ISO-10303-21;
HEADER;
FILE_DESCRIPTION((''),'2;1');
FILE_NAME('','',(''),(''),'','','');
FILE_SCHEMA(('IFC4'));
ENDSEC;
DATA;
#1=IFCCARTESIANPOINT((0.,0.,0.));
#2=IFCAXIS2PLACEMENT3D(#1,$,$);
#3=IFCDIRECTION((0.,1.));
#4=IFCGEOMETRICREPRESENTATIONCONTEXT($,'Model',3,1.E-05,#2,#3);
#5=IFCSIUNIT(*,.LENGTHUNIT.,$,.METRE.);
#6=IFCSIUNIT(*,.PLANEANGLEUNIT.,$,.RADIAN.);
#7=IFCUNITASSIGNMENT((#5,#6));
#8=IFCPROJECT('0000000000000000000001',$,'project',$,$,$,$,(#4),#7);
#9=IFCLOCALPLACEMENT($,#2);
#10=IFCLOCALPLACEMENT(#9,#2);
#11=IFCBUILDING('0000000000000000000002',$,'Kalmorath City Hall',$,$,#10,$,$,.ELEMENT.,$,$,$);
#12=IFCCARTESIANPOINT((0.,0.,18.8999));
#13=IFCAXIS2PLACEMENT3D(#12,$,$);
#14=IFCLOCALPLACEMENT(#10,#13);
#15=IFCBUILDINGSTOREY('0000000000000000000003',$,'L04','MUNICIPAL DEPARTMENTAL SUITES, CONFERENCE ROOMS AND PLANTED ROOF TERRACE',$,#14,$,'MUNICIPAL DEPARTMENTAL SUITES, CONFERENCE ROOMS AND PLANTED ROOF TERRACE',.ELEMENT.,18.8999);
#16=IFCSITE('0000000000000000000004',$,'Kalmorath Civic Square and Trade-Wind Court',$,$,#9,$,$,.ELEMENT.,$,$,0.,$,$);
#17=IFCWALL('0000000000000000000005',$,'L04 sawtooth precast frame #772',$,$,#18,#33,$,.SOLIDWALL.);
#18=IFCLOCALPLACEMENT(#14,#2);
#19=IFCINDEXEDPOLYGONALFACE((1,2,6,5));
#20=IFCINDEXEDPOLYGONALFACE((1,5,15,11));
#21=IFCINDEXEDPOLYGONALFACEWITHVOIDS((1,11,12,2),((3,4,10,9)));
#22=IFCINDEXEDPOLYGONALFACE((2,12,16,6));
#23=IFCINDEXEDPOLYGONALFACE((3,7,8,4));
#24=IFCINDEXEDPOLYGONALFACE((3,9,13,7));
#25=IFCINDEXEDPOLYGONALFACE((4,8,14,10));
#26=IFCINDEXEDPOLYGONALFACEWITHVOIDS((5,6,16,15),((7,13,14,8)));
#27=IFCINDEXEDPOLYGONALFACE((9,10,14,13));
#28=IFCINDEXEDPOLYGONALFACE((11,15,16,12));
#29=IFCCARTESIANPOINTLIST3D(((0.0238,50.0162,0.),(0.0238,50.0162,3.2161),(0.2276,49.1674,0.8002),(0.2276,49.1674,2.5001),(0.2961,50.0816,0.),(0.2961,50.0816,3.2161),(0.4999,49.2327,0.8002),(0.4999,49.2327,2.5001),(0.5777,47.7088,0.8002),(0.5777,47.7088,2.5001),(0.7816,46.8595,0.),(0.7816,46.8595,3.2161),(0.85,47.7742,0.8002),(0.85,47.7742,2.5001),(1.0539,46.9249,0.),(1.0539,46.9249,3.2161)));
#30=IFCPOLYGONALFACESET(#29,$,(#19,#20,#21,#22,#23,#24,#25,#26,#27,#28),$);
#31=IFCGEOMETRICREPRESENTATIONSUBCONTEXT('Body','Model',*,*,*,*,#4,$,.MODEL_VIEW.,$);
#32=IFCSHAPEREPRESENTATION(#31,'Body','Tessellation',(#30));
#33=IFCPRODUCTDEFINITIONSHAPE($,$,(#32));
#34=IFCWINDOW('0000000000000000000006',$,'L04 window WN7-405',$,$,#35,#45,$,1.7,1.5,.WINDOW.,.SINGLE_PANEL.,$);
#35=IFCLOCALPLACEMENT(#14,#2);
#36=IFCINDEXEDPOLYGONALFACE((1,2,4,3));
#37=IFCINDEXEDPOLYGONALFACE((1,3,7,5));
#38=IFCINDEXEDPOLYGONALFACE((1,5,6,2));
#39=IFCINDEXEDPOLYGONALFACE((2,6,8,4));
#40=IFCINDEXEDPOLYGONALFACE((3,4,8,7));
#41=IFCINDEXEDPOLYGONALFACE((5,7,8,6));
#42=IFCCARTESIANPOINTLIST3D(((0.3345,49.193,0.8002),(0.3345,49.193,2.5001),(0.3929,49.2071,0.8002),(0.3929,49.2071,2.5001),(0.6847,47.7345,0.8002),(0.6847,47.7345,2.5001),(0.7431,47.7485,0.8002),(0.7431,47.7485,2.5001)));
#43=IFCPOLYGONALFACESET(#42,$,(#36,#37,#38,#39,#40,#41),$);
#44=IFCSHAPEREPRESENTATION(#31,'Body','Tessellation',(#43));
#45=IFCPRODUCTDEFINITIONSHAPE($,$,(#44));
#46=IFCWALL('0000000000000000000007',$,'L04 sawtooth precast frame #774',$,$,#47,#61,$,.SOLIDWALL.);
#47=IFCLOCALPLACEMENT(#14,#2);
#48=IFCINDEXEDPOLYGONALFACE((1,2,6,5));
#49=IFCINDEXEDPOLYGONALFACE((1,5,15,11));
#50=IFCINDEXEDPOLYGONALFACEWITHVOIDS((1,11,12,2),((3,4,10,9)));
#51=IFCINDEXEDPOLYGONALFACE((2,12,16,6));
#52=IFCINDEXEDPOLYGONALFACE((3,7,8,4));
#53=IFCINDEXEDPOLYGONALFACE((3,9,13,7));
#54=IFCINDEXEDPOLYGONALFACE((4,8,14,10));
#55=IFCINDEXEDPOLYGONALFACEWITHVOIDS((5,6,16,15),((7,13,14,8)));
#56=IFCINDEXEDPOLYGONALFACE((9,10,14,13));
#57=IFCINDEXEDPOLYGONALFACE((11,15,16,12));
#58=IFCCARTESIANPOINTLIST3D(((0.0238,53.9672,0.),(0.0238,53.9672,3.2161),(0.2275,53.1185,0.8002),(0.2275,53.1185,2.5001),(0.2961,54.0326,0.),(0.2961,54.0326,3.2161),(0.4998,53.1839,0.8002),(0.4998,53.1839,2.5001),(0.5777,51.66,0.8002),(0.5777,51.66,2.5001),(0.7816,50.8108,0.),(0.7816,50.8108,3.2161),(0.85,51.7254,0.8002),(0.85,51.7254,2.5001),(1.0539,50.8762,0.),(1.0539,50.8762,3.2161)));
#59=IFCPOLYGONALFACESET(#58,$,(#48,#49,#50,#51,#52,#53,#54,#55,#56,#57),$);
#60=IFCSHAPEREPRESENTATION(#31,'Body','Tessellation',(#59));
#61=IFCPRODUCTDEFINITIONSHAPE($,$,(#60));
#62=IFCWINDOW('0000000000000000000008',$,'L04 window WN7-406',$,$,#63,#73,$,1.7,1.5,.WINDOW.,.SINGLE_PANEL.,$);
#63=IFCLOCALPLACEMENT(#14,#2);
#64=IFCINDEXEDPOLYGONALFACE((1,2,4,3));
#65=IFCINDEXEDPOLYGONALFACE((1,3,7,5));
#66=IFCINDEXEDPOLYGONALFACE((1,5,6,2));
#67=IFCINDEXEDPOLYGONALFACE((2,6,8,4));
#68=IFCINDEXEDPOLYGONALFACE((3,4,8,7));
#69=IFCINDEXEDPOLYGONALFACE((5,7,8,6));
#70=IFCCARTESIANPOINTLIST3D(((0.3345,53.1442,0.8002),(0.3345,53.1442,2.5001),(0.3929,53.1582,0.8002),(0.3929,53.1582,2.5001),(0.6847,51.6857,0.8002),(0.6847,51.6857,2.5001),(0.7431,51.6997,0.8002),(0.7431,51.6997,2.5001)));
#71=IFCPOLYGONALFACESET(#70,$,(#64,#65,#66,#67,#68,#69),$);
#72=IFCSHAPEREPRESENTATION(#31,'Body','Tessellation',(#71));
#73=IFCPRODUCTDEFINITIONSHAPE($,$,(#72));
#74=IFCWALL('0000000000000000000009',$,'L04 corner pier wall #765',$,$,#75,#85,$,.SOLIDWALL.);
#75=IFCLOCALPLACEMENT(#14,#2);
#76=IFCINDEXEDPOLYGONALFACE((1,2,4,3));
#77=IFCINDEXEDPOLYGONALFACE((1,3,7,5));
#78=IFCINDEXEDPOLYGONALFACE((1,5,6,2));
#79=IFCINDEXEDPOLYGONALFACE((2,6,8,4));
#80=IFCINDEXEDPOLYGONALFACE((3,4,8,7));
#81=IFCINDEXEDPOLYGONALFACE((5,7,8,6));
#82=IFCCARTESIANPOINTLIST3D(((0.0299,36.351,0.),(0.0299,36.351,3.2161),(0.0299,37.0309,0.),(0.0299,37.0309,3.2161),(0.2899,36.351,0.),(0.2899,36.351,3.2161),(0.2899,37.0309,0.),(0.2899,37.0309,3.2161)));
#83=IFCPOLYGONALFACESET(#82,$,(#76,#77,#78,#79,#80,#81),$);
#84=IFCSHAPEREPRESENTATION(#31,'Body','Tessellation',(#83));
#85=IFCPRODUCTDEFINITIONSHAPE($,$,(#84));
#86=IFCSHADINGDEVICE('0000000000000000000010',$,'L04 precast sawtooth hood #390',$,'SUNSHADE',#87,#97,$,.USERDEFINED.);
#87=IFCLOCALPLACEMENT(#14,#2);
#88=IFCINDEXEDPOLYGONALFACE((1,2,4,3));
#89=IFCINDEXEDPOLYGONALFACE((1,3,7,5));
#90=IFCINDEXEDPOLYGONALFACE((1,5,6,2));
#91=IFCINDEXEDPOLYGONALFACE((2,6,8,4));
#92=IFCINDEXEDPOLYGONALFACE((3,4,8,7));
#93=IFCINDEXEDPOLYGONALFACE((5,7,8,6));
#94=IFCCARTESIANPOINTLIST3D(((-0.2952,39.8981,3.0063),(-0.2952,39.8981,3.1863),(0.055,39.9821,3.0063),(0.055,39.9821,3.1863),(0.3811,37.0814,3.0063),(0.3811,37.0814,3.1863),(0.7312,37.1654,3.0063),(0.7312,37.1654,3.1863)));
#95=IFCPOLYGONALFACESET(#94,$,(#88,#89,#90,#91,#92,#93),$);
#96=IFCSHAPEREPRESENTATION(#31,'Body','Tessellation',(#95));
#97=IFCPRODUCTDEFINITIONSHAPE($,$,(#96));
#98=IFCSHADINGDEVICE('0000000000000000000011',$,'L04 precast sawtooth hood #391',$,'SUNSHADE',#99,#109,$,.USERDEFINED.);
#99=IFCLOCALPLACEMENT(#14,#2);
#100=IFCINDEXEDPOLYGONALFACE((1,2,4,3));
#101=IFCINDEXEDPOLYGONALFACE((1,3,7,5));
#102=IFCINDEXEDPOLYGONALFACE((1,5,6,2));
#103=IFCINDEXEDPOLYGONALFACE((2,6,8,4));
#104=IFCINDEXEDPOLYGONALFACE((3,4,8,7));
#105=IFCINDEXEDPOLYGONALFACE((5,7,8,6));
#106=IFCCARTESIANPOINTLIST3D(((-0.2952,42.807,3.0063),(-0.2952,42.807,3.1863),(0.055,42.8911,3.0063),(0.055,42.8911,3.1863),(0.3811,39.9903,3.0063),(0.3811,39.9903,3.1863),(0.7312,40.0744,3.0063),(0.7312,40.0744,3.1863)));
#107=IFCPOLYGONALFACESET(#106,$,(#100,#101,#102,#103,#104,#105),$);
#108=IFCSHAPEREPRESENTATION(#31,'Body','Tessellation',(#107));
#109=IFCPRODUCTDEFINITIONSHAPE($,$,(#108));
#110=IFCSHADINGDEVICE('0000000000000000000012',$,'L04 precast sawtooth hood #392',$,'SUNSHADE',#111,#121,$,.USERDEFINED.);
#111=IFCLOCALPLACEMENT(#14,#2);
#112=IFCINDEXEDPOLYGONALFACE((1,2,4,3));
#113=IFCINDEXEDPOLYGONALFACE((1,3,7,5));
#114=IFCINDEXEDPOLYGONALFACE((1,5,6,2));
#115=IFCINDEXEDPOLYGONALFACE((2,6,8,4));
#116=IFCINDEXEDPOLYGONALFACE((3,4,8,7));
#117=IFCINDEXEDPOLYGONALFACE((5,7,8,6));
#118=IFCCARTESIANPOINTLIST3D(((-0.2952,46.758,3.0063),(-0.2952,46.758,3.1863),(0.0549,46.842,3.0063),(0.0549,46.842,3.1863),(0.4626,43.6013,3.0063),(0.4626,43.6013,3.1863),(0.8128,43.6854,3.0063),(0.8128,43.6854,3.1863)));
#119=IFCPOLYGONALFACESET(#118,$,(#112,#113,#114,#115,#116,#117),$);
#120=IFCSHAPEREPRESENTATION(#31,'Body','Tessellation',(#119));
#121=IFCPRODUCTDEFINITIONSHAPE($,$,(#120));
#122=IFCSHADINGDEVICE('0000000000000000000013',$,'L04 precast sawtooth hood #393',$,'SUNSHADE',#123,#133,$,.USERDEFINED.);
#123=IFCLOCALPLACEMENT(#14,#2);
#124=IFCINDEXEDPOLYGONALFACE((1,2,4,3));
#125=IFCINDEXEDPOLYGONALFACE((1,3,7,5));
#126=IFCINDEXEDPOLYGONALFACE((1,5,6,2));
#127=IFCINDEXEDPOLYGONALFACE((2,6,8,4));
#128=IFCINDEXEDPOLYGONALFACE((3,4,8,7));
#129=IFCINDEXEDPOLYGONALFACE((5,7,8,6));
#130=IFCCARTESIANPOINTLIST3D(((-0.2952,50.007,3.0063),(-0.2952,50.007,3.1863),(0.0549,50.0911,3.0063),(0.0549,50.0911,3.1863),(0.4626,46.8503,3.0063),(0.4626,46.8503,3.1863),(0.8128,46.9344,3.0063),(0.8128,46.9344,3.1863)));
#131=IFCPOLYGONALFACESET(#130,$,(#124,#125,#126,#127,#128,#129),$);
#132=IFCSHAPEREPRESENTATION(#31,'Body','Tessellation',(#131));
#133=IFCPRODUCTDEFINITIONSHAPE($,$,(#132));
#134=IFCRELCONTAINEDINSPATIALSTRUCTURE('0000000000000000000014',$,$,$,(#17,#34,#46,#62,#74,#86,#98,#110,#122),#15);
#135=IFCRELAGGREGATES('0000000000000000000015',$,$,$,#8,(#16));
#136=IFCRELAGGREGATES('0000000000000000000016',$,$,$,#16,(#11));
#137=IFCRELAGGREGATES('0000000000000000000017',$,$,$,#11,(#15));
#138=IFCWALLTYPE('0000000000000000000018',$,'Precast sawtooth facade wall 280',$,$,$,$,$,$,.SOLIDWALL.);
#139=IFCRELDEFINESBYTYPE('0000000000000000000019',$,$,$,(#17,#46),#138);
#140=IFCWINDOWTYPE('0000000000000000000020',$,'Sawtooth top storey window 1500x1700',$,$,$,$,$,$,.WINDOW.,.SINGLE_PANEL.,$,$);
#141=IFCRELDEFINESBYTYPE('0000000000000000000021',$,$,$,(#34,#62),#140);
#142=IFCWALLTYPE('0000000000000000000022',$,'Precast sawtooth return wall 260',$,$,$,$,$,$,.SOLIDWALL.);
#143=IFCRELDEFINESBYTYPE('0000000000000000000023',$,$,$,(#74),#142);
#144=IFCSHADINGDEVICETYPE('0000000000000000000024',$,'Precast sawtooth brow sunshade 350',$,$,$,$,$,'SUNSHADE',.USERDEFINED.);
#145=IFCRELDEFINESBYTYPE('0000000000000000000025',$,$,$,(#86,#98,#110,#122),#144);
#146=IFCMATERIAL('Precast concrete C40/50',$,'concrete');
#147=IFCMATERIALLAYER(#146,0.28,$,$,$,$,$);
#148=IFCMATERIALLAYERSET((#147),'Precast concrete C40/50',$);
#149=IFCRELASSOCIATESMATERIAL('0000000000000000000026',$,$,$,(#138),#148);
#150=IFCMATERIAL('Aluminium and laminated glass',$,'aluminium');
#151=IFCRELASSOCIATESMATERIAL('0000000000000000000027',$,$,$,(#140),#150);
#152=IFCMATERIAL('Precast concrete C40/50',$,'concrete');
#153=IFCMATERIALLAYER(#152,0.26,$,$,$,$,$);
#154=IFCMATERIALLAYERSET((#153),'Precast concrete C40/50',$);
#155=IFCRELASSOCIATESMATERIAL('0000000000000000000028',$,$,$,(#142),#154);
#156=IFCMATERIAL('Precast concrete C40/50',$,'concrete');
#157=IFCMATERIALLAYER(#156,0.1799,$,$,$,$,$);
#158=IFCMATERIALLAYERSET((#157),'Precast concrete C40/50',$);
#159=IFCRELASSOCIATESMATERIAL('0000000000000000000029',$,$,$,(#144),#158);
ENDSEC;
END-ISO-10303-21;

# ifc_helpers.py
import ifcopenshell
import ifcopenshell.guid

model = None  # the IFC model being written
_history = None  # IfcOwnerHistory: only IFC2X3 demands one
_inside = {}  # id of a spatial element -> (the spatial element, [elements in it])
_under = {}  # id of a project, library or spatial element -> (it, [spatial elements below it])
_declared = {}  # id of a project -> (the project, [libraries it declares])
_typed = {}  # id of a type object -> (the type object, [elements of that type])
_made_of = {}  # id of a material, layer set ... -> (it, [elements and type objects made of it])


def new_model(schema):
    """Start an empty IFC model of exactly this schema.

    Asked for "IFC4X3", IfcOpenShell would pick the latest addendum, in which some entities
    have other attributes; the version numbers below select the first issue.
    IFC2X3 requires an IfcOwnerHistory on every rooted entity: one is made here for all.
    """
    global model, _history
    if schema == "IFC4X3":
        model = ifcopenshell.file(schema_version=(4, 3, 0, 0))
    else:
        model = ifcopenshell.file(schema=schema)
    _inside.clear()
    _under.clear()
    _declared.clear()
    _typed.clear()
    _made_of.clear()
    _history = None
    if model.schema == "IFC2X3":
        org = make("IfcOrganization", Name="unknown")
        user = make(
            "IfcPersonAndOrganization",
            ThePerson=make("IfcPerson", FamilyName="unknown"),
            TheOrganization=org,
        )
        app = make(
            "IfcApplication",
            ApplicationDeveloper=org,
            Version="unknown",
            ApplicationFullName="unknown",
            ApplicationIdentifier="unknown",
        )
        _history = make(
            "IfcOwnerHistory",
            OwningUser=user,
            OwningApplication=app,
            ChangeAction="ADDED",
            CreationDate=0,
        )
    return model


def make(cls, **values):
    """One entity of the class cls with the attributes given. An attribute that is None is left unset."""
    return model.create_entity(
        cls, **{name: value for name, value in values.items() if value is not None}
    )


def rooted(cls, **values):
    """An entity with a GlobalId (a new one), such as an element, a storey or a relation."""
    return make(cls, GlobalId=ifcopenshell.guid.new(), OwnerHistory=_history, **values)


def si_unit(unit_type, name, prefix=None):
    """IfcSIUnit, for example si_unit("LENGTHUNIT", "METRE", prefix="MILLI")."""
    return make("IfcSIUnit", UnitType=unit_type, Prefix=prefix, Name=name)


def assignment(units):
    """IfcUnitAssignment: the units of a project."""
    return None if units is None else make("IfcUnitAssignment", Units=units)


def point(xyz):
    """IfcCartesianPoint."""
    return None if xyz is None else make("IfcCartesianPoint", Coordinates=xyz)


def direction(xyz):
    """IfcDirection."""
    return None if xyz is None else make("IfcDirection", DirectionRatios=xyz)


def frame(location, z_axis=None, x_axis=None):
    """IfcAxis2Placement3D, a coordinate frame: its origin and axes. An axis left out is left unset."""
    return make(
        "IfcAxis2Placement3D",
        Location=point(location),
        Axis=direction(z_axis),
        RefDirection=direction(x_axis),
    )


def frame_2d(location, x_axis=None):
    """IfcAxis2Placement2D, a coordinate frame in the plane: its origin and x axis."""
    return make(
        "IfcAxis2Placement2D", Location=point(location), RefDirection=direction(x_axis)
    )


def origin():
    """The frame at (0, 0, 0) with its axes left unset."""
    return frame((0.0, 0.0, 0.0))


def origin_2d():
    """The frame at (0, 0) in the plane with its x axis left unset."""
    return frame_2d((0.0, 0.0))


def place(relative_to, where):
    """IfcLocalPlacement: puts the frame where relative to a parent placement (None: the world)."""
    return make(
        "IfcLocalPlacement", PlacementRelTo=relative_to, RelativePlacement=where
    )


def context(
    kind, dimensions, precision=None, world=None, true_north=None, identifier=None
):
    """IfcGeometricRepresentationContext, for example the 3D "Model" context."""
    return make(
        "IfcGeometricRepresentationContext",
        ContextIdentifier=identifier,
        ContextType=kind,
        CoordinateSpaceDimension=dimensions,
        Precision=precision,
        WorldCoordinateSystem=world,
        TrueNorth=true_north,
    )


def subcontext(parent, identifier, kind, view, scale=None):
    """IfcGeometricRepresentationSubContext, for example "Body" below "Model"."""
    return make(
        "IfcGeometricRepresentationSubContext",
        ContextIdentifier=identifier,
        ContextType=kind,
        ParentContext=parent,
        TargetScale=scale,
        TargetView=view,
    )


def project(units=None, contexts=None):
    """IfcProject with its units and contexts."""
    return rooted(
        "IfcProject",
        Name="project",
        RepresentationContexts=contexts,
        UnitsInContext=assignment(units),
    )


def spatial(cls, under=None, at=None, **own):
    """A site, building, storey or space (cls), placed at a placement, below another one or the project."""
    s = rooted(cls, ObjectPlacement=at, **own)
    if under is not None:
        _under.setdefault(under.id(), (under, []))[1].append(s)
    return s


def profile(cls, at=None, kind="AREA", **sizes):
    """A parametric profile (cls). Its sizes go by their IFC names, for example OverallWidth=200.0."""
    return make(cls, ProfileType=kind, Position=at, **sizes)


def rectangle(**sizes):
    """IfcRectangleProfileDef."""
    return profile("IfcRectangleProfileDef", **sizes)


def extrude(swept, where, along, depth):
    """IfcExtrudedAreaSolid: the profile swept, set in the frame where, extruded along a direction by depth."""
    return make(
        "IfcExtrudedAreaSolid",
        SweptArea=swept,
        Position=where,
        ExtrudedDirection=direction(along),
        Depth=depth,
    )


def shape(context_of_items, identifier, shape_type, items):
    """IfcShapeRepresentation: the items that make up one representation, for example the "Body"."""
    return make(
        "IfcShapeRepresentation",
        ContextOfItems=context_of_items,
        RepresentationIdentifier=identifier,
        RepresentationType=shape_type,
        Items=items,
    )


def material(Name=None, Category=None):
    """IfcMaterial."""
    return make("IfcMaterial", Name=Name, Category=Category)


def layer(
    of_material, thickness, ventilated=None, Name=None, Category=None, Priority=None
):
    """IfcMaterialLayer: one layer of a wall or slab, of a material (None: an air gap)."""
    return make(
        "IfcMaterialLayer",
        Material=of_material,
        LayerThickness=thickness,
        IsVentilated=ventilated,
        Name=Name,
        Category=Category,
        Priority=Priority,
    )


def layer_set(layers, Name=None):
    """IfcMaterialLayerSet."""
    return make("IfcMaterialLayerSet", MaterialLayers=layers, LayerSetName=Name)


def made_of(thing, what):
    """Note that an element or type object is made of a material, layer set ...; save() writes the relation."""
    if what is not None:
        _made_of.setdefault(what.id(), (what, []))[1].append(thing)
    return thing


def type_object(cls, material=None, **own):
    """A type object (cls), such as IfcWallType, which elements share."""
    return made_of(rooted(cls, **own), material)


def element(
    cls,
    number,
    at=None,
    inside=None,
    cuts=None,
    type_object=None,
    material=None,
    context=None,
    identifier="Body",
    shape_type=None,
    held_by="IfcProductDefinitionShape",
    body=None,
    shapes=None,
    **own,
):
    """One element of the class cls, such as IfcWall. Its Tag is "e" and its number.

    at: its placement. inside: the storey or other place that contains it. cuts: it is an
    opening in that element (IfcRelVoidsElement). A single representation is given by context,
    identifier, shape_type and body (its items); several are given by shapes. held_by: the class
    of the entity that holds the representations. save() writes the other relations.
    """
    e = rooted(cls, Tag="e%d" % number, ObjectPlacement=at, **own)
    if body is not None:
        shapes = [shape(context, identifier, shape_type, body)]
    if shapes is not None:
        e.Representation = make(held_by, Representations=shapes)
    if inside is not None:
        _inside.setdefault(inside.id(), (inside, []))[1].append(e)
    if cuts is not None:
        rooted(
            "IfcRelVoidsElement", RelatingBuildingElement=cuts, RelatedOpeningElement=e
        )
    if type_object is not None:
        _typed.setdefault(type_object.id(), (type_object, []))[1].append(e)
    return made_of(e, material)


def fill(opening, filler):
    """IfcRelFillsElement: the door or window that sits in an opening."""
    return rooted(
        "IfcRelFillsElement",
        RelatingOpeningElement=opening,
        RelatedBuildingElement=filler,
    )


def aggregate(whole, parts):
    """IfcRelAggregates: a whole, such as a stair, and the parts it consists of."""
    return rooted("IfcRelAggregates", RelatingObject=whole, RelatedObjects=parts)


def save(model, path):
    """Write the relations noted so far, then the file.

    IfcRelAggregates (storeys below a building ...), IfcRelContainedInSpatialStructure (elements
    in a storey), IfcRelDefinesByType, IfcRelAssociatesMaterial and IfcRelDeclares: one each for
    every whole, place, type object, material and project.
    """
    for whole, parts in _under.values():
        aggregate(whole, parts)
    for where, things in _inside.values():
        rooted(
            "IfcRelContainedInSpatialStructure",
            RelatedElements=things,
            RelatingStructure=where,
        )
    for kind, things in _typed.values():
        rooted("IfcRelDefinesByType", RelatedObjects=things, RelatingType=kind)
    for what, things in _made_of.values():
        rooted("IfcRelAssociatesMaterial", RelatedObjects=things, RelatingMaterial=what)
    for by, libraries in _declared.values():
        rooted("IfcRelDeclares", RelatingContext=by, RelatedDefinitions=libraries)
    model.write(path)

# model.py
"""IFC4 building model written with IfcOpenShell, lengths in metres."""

from ifc_helpers import new_model, si_unit, direction, frame, frame_2d, origin, origin_2d, place, context, subcontext, project, spatial, rectangle, extrude, material, layer, layer_set, type_object, element, fill, save


model = new_model("IFC4")

# Units and contexts
model_context = context("Model", 3, precision=1e-05, world=origin(), true_north=direction((0.0, 1.0)))
body_context = subcontext(model_context, "Body", "Model", "MODEL_VIEW")
ifc_project = project(units=[si_unit("LENGTHUNIT", "METRE"), si_unit("PLANEANGLEUNIT", "RADIAN")], contexts=[model_context])

# Site, building, storey
site_placement = place(None, origin())
site = spatial("IfcSite", under=ifc_project, at=site_placement, Name="Kalmorath Civic Square and Trade-Wind Court", CompositionType="ELEMENT", RefElevation=0.0)
building_placement = place(site_placement, origin())
building = spatial("IfcBuilding", under=site, at=building_placement, Name="Kalmorath City Hall", CompositionType="ELEMENT")
storey_placement = place(building_placement, frame((0.0, 0.0, 18.8999)))
storey = spatial("IfcBuildingStorey", under=building, at=storey_placement, Name="L04", Description="MUNICIPAL DEPARTMENTAL SUITES, CONFERENCE ROOMS AND PLANTED ROOF TERRACE", LongName="MUNICIPAL DEPARTMENTAL SUITES, CONFERENCE ROOMS AND PLANTED ROOF TERRACE", CompositionType="ELEMENT", Elevation=18.8999)

# Walls, openings, windows
ifc_material_1 = material(Name="Precast concrete C40/50", Category="concrete")
ifc_layer_1 = layer(ifc_material_1, 0.28)
ifc_layer_set_1 = layer_set([ifc_layer_1], Name="Precast concrete C40/50")
wall_type_1 = type_object("IfcWallType", Name="Precast sawtooth facade wall 280", PredefinedType="SOLIDWALL", material=ifc_layer_set_1)
ifc_material_2 = material(Name="Aluminium and laminated glass", Category="aluminium")
window_type = type_object("IfcWindowType", Name="Sawtooth top storey window 1500x1700", PartitioningType="SINGLE_PANEL", PredefinedType="WINDOW", material=ifc_material_2)
wall_1_placement = place(storey_placement, frame((0.9177, 46.8923, 0.0), z_axis=(0.0, 0.0, 1.0), x_axis=(-0.23343, 0.972374, 0.0)))
wall_1 = element("IfcWall", 1, at=wall_1_placement, inside=storey, type_object=wall_type_1, Name="L04 sawtooth precast frame #772", PredefinedType="SOLIDWALL", context=body_context, shape_type="SweptSolid", body=[
    extrude(rectangle(XDim=3.2463, YDim=0.28, at=frame_2d((1.623, 0.0))), origin(), (0.0, 0.0, 1.0), 3.2161),
])
opening_1_placement = place(wall_1_placement, frame((0.8733, 0.0, 0.8)))
opening_1 = element("IfcOpeningElement", 2, at=opening_1_placement, cuts=wall_1, PredefinedType="OPENING", context=body_context, shape_type="SweptSolid", body=[
    extrude(rectangle(XDim=1.5, YDim=1.7, at=frame_2d((0.75, 0.8501))), frame((0.0, 0.1499, 0.0), z_axis=(0.0, -1.0, 0.0), x_axis=(1.0, 0.0, 0.0)), (0.0, 0.0, 1.0), 0.3),
])
window_1_placement = place(opening_1_placement, origin())
window_1 = element("IfcWindow", 3, at=window_1_placement, inside=storey, type_object=window_type, Name="L04 window WN7-405", OverallHeight=1.7, OverallWidth=1.5, PartitioningType="SINGLE_PANEL", PredefinedType="WINDOW", context=body_context, shape_type="SweptSolid", body=[
    extrude(rectangle(XDim=1.5, YDim=1.7, at=frame_2d((0.75, 0.8501))), frame((0.0, 0.03, 0.0), z_axis=(0.0, -1.0, 0.0), x_axis=(1.0, 0.0, 0.0)), (0.0, 0.0, 1.0), 0.0601),
])
fill(opening_1, window_1)
wall_2_placement = place(storey_placement, frame((0.9177, 50.8435, 0.0), z_axis=(0.0, 0.0, 1.0), x_axis=(-0.233447, 0.97237, 0.0)))
wall_2 = element("IfcWall", 4, at=wall_2_placement, inside=storey, type_object=wall_type_1, Name="L04 sawtooth precast frame #774", PredefinedType="SOLIDWALL", context=body_context, shape_type="SweptSolid", body=[
    extrude(rectangle(XDim=3.2461, YDim=0.28, at=frame_2d((1.623, 0.0))), origin(), (0.0, 0.0, 1.0), 3.2161),
])
opening_2_placement = place(wall_2_placement, frame((0.8733, 0.0, 0.8)))
opening_2 = element("IfcOpeningElement", 5, at=opening_2_placement, cuts=wall_2, PredefinedType="OPENING", context=body_context, shape_type="SweptSolid", body=[
    extrude(rectangle(XDim=1.5, YDim=1.7, at=frame_2d((0.75, 0.8501))), frame((0.0, 0.1499, 0.0), z_axis=(0.0, -1.0, 0.0), x_axis=(1.0, 0.0, 0.0)), (0.0, 0.0, 1.0), 0.3),
])
window_2_placement = place(opening_2_placement, origin())
window_2 = element("IfcWindow", 6, at=window_2_placement, inside=storey, type_object=window_type, Name="L04 window WN7-406", OverallHeight=1.7, OverallWidth=1.5, PartitioningType="SINGLE_PANEL", PredefinedType="WINDOW", context=body_context, shape_type="SweptSolid", body=[
    extrude(rectangle(XDim=1.5, YDim=1.7, at=frame_2d((0.75, 0.8501))), frame((0.0, 0.03, 0.0), z_axis=(0.0, -1.0, 0.0), x_axis=(1.0, 0.0, 0.0)), (0.0, 0.0, 1.0), 0.0601),
])
fill(opening_2, window_2)

# Wall
ifc_material_3 = material(Name="Precast concrete C40/50", Category="concrete")
ifc_layer_2 = layer(ifc_material_3, 0.26)
ifc_layer_set_2 = layer_set([ifc_layer_2], Name="Precast concrete C40/50")
wall_type_2 = type_object("IfcWallType", Name="Precast sawtooth return wall 260", PredefinedType="SOLIDWALL", material=ifc_layer_set_2)
wall_3_placement = place(storey_placement, frame((0.1599, 36.3511, 0.0), z_axis=(0.0, 0.0, 1.0), x_axis=(0.0, 1.0, 0.0)))
element("IfcWall", 7, at=wall_3_placement, inside=storey, type_object=wall_type_2, Name="L04 corner pier wall #765", PredefinedType="SOLIDWALL", context=body_context, shape_type="SweptSolid", body=[
    extrude(rectangle(XDim=0.6799, YDim=0.26, at=frame_2d((0.3398, 0.0))), origin(), (0.0, 0.0, 1.0), 3.2161),
])

# Shading devices
ifc_material_4 = material(Name="Precast concrete C40/50", Category="concrete")
ifc_layer_3 = layer(ifc_material_4, 0.1799)
ifc_layer_set_3 = layer_set([ifc_layer_3], Name="Precast concrete C40/50")
shading_device_type = type_object("IfcShadingDeviceType", Name="Precast sawtooth brow sunshade 350", ElementType="SUNSHADE", PredefinedType="USERDEFINED", material=ifc_layer_set_3)
for number, where, z_axis, x_axis, name in (
    (8, (0.218, 38.5317, 3.0063), (0.0, 0.0, 1.0), (-0.233445, 0.97237, 0.0), "L04 precast sawtooth hood #390"),
    (9, (0.218, 41.4407, 3.0063), (0.0, 0.0, 1.0), (-0.233445, 0.97237, 0.0), "L04 precast sawtooth hood #391"),
):
    element("IfcShadingDevice", number, at=place(storey_placement, frame(where, z_axis=z_axis, x_axis=x_axis)), inside=storey, type_object=shading_device_type, Name=name, ObjectType="SUNSHADE", PredefinedType="USERDEFINED", context=body_context, shape_type="SweptSolid", body=[
        extrude(rectangle(XDim=2.8967, YDim=0.3601, at=origin_2d()), origin(), (0.0, 0.0, 1.0), 0.1799),
    ])
for number, where, z_axis, x_axis, name in (
    (10, (0.2588, 45.2217, 3.0063), (0.0, 0.0, 1.0), (-0.233445, 0.97237, 0.0), "L04 precast sawtooth hood #392"),
    (11, (0.2588, 48.4707, 3.0063), (0.0, 0.0, 1.0), (-0.233445, 0.97237, 0.0), "L04 precast sawtooth hood #393"),
):
    element("IfcShadingDevice", number, at=place(storey_placement, frame(where, z_axis=z_axis, x_axis=x_axis)), inside=storey, type_object=shading_device_type, Name=name, ObjectType="SUNSHADE", PredefinedType="USERDEFINED", context=body_context, shape_type="SweptSolid", body=[
        extrude(rectangle(XDim=3.2463, YDim=0.3601, at=origin_2d()), origin(), (0.0, 0.0, 1.0), 0.1799),
    ])

save(model, "model.ifc")
